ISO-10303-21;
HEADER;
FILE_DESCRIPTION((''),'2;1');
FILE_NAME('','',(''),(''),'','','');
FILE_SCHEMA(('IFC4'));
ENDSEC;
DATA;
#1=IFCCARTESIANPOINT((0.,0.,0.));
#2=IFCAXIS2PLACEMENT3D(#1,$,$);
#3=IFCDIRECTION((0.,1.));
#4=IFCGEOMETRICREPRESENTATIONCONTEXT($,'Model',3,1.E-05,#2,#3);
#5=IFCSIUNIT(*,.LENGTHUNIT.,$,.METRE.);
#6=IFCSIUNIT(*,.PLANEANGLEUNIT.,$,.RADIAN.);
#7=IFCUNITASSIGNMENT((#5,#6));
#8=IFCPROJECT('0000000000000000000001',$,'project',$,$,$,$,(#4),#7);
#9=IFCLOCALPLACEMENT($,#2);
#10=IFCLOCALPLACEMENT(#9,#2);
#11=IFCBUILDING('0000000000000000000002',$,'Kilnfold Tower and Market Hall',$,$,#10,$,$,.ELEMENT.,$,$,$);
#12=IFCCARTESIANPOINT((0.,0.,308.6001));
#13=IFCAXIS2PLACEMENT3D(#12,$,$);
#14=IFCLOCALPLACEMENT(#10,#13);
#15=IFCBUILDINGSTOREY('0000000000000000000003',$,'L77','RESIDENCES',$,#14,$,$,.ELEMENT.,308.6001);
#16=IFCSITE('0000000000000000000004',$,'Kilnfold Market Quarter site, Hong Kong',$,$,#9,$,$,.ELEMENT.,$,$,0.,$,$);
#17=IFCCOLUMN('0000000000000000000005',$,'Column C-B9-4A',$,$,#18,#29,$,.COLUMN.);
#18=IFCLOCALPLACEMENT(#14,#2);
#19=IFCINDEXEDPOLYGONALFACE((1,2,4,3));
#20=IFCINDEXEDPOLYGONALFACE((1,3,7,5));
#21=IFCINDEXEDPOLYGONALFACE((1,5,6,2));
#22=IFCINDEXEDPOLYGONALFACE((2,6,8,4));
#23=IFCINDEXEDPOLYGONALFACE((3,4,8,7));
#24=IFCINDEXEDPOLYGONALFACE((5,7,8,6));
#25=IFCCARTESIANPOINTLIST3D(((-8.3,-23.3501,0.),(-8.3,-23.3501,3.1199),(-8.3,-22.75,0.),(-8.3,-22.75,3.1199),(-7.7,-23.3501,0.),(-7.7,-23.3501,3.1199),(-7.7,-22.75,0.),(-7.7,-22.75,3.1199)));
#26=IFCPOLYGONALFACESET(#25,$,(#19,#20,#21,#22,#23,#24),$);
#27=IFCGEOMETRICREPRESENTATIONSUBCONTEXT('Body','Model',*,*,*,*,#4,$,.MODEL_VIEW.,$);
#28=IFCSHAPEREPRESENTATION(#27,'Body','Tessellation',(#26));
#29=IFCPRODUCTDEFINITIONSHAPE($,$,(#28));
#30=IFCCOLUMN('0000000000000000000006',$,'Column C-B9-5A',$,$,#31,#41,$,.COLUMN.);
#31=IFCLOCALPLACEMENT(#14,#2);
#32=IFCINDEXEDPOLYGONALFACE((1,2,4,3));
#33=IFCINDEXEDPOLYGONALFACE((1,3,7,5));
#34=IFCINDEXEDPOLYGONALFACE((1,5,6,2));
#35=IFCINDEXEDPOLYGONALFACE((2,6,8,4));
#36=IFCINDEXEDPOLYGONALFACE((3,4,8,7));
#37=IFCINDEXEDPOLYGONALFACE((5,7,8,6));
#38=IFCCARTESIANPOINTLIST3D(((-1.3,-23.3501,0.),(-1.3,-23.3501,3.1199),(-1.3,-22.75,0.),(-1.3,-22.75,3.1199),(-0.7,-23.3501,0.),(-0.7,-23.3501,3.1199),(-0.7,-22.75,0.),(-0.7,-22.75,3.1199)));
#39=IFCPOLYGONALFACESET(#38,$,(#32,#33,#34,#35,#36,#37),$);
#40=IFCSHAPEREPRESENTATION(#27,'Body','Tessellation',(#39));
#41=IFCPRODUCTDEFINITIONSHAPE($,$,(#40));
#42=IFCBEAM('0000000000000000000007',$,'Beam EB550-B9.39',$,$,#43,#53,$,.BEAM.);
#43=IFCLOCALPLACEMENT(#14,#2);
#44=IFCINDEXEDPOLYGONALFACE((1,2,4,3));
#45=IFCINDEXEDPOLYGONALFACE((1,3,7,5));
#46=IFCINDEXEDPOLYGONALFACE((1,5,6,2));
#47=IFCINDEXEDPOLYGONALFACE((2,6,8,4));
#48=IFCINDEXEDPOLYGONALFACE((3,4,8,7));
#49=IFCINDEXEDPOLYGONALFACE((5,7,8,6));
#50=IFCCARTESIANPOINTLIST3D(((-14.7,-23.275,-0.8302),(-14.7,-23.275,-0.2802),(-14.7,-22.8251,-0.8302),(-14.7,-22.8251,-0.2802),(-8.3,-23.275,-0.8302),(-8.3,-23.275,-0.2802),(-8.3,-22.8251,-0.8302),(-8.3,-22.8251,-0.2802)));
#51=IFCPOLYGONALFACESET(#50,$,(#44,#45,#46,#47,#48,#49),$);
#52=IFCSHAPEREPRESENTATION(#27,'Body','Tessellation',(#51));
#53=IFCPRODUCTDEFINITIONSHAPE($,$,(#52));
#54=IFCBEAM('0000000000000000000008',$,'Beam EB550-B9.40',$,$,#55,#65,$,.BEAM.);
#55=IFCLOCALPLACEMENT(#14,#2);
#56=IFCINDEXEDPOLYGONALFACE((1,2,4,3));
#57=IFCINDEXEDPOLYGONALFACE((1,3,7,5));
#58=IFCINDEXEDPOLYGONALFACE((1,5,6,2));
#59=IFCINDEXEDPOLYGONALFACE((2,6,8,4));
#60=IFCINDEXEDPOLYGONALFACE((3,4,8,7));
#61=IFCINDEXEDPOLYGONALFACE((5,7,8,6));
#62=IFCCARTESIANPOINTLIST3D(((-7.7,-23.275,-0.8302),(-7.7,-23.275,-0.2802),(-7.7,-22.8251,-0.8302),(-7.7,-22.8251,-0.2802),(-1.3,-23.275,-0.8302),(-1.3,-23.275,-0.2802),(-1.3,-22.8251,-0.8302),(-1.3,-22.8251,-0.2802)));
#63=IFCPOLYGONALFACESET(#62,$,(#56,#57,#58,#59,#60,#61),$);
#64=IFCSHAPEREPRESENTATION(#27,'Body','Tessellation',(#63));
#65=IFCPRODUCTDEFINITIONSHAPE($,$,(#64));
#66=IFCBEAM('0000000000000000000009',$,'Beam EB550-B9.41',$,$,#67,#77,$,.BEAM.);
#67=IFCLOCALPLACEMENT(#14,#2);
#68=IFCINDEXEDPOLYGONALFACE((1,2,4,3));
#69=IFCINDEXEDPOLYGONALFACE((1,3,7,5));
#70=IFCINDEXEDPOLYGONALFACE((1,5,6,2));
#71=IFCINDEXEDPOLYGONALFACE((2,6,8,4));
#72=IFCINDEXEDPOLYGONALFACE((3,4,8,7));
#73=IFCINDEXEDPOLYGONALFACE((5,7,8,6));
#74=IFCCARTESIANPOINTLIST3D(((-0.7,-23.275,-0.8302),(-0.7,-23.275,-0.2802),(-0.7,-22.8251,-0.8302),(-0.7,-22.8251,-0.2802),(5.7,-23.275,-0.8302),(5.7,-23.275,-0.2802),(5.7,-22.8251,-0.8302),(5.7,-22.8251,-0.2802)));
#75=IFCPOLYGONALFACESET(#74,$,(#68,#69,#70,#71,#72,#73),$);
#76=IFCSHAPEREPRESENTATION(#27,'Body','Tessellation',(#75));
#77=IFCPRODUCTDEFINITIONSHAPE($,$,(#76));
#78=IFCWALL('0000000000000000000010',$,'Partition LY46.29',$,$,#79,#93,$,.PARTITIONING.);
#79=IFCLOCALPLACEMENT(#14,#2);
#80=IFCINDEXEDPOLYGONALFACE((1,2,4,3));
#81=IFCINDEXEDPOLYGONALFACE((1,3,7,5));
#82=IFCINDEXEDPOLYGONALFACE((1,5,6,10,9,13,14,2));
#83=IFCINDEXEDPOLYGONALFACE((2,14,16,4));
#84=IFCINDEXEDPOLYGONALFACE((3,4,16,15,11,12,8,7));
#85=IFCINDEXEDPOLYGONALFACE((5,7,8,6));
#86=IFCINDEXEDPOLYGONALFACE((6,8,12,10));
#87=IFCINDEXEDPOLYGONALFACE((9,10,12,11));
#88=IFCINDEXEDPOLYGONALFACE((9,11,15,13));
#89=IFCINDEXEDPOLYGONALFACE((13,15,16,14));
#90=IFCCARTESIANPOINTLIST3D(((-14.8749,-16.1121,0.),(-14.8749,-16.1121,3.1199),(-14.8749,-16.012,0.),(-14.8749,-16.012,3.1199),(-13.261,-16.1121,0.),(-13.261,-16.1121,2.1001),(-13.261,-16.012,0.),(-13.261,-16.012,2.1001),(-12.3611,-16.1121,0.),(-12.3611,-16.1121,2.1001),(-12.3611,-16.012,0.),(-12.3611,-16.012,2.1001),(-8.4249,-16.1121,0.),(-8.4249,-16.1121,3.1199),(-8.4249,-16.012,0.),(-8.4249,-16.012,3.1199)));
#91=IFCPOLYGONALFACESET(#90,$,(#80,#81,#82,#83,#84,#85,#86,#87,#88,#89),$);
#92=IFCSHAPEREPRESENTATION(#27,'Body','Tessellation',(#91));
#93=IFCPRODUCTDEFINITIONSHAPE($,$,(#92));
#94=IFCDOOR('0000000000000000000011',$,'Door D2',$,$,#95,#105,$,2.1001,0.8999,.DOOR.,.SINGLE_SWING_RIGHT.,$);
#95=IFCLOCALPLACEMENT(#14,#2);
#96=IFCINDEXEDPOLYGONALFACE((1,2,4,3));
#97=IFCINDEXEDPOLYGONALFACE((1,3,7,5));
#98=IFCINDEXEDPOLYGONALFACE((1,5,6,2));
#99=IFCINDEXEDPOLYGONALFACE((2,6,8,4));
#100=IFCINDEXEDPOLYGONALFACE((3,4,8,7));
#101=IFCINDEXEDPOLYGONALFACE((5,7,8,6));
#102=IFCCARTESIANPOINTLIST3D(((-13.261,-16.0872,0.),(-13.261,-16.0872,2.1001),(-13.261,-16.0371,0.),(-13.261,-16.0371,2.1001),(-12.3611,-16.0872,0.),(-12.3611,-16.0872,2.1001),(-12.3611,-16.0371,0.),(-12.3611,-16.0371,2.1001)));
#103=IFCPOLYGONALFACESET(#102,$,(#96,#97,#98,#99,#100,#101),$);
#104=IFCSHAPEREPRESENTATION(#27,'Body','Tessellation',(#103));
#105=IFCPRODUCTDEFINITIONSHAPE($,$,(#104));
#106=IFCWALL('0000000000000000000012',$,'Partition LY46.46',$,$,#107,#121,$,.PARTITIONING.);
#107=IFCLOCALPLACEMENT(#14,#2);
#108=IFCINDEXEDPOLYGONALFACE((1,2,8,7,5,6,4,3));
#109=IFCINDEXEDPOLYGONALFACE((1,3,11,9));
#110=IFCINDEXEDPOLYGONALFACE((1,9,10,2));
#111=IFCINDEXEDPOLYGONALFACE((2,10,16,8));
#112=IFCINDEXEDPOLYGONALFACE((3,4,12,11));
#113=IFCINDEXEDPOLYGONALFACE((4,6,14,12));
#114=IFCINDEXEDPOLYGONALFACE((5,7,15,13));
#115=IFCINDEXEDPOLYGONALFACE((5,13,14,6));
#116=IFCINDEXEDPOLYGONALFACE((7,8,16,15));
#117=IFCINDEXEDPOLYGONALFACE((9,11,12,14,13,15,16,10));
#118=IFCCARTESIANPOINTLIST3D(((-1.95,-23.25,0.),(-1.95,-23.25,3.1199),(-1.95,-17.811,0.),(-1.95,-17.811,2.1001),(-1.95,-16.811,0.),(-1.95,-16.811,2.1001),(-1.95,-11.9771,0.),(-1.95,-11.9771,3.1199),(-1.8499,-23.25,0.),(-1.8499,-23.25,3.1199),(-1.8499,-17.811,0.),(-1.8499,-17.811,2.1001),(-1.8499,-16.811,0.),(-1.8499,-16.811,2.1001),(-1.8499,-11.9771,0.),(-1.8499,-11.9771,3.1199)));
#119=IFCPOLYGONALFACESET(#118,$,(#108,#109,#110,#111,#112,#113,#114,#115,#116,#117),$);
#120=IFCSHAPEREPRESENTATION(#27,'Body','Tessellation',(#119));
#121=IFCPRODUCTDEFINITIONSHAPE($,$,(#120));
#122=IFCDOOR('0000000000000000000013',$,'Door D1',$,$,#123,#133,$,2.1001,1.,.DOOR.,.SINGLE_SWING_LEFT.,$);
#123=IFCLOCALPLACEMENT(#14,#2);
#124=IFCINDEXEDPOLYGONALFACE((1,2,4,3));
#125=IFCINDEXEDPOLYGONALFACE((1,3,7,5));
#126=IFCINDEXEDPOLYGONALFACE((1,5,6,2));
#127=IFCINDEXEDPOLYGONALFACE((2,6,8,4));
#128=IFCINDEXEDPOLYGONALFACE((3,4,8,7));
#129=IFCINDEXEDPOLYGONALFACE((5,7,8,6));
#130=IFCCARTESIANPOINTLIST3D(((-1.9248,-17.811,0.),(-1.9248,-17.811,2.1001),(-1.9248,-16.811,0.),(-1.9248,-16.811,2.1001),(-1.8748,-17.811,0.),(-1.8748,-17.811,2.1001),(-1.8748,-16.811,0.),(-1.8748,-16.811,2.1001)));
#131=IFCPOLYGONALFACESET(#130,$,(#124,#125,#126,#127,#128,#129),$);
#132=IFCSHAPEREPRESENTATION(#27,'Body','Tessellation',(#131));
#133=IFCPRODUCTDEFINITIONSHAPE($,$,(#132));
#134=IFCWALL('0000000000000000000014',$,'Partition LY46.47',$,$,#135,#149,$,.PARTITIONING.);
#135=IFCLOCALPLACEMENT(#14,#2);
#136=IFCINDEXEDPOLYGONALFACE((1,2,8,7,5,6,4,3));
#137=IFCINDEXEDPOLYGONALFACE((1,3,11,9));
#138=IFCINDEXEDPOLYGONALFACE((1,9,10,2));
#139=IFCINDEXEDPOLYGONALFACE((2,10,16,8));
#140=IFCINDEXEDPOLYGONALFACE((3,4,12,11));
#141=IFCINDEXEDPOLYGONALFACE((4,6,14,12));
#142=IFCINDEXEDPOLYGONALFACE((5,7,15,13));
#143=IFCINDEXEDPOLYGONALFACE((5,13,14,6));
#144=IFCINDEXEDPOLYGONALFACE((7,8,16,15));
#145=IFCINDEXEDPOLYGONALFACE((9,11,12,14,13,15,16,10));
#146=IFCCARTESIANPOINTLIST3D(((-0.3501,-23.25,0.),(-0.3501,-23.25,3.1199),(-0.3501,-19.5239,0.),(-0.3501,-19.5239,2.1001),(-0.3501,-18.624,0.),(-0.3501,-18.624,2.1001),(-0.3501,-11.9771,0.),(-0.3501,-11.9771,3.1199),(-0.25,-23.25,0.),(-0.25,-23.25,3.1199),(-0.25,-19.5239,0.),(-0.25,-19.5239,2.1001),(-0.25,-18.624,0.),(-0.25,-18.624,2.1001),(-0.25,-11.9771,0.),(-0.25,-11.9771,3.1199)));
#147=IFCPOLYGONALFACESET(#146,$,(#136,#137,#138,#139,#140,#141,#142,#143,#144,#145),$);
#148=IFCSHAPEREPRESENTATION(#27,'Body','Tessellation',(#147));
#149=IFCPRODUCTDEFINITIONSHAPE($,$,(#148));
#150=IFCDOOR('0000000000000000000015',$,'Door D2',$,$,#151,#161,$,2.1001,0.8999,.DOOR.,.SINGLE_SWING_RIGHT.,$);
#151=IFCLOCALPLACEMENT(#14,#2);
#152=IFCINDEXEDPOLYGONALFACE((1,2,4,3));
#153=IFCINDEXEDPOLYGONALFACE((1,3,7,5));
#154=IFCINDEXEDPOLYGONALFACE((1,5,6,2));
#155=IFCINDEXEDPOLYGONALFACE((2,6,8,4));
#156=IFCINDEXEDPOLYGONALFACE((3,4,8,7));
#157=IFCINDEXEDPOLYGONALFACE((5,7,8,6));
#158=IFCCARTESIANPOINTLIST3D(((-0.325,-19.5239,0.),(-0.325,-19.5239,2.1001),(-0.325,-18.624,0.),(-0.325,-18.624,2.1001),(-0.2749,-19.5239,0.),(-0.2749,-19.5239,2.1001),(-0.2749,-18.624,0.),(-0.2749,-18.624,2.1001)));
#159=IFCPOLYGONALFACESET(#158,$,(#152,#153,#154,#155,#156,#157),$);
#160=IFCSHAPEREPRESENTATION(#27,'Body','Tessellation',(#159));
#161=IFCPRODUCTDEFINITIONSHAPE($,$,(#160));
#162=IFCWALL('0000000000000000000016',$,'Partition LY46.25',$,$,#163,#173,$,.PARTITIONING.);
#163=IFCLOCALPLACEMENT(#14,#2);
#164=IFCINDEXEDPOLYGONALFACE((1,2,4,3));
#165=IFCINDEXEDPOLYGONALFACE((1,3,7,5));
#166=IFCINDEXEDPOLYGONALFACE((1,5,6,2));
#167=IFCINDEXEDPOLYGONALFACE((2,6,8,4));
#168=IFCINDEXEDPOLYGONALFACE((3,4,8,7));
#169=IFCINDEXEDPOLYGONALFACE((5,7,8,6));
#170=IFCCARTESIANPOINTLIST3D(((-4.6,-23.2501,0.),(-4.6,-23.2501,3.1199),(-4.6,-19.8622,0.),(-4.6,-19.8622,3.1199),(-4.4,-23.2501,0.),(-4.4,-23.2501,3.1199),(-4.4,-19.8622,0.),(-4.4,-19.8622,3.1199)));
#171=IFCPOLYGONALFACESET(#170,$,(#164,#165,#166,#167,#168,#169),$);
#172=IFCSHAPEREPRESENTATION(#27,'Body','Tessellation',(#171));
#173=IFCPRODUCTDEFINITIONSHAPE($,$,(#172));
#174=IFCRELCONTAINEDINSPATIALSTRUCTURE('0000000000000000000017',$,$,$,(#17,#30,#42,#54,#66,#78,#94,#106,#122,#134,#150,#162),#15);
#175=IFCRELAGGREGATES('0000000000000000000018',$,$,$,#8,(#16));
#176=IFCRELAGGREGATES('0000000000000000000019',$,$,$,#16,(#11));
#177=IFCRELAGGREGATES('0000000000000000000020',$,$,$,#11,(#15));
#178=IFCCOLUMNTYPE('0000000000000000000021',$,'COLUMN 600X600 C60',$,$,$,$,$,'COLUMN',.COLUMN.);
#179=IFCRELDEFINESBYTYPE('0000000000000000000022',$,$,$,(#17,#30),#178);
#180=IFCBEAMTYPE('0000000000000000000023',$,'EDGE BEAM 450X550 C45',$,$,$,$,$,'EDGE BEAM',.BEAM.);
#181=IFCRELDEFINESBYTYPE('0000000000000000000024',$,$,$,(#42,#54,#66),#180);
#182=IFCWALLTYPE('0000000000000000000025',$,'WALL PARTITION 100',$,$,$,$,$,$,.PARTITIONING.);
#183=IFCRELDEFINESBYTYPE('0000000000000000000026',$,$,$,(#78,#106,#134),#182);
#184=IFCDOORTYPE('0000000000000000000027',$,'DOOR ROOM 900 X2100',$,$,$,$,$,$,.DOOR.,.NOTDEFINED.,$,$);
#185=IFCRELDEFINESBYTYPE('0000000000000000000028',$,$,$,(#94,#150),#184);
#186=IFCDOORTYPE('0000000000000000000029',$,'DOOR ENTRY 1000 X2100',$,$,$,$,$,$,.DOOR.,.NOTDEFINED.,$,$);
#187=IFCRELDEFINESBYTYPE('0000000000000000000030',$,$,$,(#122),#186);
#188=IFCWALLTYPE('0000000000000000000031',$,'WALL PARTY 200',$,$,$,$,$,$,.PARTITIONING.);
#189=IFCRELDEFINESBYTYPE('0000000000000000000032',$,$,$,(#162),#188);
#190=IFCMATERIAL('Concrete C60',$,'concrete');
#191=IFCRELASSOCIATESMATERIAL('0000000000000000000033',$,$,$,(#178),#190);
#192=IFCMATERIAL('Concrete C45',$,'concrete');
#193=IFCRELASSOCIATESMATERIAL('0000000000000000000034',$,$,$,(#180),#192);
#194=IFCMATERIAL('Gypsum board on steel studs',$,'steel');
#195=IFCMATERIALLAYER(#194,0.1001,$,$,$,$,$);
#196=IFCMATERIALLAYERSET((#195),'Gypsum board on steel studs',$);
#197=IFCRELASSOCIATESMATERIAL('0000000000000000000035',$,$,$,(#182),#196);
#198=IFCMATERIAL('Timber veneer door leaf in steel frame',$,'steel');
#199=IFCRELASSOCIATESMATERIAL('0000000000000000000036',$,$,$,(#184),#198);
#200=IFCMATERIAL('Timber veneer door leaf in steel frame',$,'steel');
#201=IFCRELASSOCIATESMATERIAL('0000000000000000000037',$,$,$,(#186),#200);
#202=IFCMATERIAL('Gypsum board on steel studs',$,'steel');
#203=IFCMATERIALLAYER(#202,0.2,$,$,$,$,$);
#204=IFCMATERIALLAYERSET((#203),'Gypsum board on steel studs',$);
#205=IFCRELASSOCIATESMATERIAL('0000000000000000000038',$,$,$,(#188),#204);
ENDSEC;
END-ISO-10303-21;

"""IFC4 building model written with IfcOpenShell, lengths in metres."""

from ifc_helpers import new_model, si_unit, direction, frame, frame_2d, origin, origin_2d, place, context, subcontext, project, spatial, rectangle, extrude, source, transform, mapped, material, layer, layer_set, material_profile, profile_set, type_object, element, fill, save


model = new_model("IFC4")

# Units and contexts
model_context = context("Model", 3, precision=1e-05, world=origin(), true_north=direction((0.0, 1.0)))
body_context = subcontext(model_context, "Body", "Model", "MODEL_VIEW")
ifc_project = project(units=[si_unit("LENGTHUNIT", "METRE"), si_unit("PLANEANGLEUNIT", "RADIAN")], contexts=[model_context])

# Site, building, storey
site_placement = place(None, origin())
site = spatial("IfcSite", under=ifc_project, at=site_placement, Name="Kilnfold Market Quarter site, Hong Kong", CompositionType="ELEMENT", RefElevation=0.0)
building_placement = place(site_placement, origin())
building = spatial("IfcBuilding", under=site, at=building_placement, Name="Kilnfold Tower and Market Hall", CompositionType="ELEMENT")
storey_placement = place(building_placement, frame((0.0, 0.0, 308.6001)))
storey = spatial("IfcBuildingStorey", under=building, at=storey_placement, Name="L77", Description="RESIDENCES", CompositionType="ELEMENT", Elevation=308.6001)

# Columns
ifc_material_1 = material(Name="Concrete C60", Category="concrete")
ifc_material_profile_1 = material_profile(ifc_material_1, rectangle(XDim=0.6001, YDim=0.6001, at=origin_2d()), Name="RC 600x600")
ifc_profile_set_1 = profile_set([ifc_material_profile_1], Name="Concrete C60")
column_type = type_object("IfcColumnType", Name="COLUMN 600X600 C60", ElementType="COLUMN", PredefinedType="COLUMN", material=ifc_profile_set_1)
shared_shape_1 = source(origin(), body_context, "Body", "SweptSolid", [
    extrude(rectangle(XDim=0.6001, YDim=0.6001, at=origin_2d()), origin(), (0.0, 0.0, 1.0), 3.1199),
])
for number, where, z_axis, x_axis, name in (
    (1, (-8.0, -23.05, 0.0), (0.0, 0.0, 1.0), (1.0, 0.0, 0.0), "Column C-B9-4A"),
    (2, (-1.0, -23.05, 0.0), (0.0, 0.0, 1.0), (1.0, 0.0, 0.0), "Column C-B9-5A"),
):
    element("IfcColumn", number, at=place(storey_placement, frame(where, z_axis=z_axis, x_axis=x_axis)), inside=storey, type_object=column_type, Name=name, PredefinedType="COLUMN", context=body_context, shape_type="MappedRepresentation", body=[
        mapped(shared_shape_1, transform((0.0, 0.0, 0.0))),
    ])

# Beams
ifc_material_2 = material(Name="Concrete C45", Category="concrete")
ifc_material_profile_2 = material_profile(ifc_material_2, rectangle(XDim=0.45, YDim=0.55, at=origin_2d()), Name="RC 450x550")
ifc_profile_set_2 = profile_set([ifc_material_profile_2], Name="Concrete C45")
beam_type = type_object("IfcBeamType", Name="EDGE BEAM 450X550 C45", ElementType="EDGE BEAM", PredefinedType="BEAM", material=ifc_profile_set_2)
shared_shape_2 = source(origin(), body_context, "Body", "SweptSolid", [
    extrude(rectangle(XDim=0.45, YDim=0.55, at=origin_2d()), origin(), (0.0, 0.0, 1.0), 6.3999),
])
for number, where, z_axis, x_axis, name in (
    (3, (-14.7, -23.05, -0.5552), (1.0, 0.0, 0.0), (0.0, 1.0, 0.0), "Beam EB550-B9.39"),
    (4, (-7.7, -23.05, -0.5552), (1.0, 0.0, 0.0), (0.0, 1.0, 0.0), "Beam EB550-B9.40"),
    (5, (-0.7, -23.05, -0.5552), (1.0, 0.0, 0.0), (0.0, 1.0, 0.0), "Beam EB550-B9.41"),
):
    element("IfcBeam", number, at=place(storey_placement, frame(where, z_axis=z_axis, x_axis=x_axis)), inside=storey, type_object=beam_type, Name=name, PredefinedType="BEAM", context=body_context, shape_type="MappedRepresentation", body=[
        mapped(shared_shape_2, transform((0.0, 0.0, 0.0))),
    ])

# Walls, openings, doors
ifc_material_3 = material(Name="Gypsum board on steel studs", Category="steel")
ifc_layer_1 = layer(ifc_material_3, 0.1001)
ifc_layer_set_1 = layer_set([ifc_layer_1], Name="Gypsum board on steel studs")
wall_type_1 = type_object("IfcWallType", Name="WALL PARTITION 100", PredefinedType="PARTITIONING", material=ifc_layer_set_1)
wall_1_placement = place(storey_placement, frame((-14.875, -16.062, 0.0), z_axis=(0.0, 0.0, 1.0), x_axis=(1.0, 0.0, 0.0)))
wall_1 = element("IfcWall", 6, at=wall_1_placement, inside=storey, type_object=wall_type_1, Name="Partition LY46.29", PredefinedType="PARTITIONING", context=body_context, shape_type="SweptSolid", body=[
    extrude(rectangle(XDim=6.45, YDim=0.1001, at=frame_2d((3.2251, 0.0))), origin(), (0.0, 0.0, 1.0), 3.1199),
])
opening_1_placement = place(wall_1_placement, frame((1.614, 0.0, 0.0)))
opening_1 = element("IfcOpeningElement", 7, at=opening_1_placement, cuts=wall_1, PredefinedType="OPENING", context=body_context, shape_type="SweptSolid", body=[
    extrude(rectangle(XDim=0.8999, YDim=2.1001, at=frame_2d((0.45, 1.05))), frame((0.0, 0.0601, 0.0), z_axis=(0.0, -1.0, 0.0), x_axis=(1.0, 0.0, 0.0)), (0.0, 0.0, 1.0), 0.1201),
])
ifc_material_4 = material(Name="Timber veneer door leaf in steel frame", Category="steel")
door_type_1 = type_object("IfcDoorType", Name="DOOR ROOM 900 X2100", OperationType="NOTDEFINED", PredefinedType="DOOR", material=ifc_material_4)
door_1_placement = place(opening_1_placement, origin())
door_1 = element("IfcDoor", 8, at=door_1_placement, inside=storey, type_object=door_type_1, Name="Door D2", OperationType="SINGLE_SWING_RIGHT", OverallHeight=2.1001, OverallWidth=0.8999, PredefinedType="DOOR", context=body_context, shape_type="SweptSolid", body=[
    extrude(rectangle(XDim=0.8999, YDim=2.1001, at=frame_2d((0.45, 1.05))), frame((0.0, 0.0249, 0.0), z_axis=(0.0, -1.0, 0.0), x_axis=(1.0, 0.0, 0.0)), (0.0, 0.0, 1.0), 0.05),
])
fill(opening_1, door_1)
wall_2_placement = place(storey_placement, frame((-1.8999, -23.25, 0.0), z_axis=(0.0, 0.0, 1.0), x_axis=(0.0, 1.0, 0.0)))
wall_2 = element("IfcWall", 9, at=wall_2_placement, inside=storey, type_object=wall_type_1, Name="Partition LY46.46", PredefinedType="PARTITIONING", context=body_context, shape_type="SweptSolid", body=[
    extrude(rectangle(XDim=11.2729, YDim=0.1001, at=frame_2d((5.6365, 0.0))), origin(), (0.0, 0.0, 1.0), 3.1199),
])
opening_2_placement = place(wall_2_placement, frame((5.439, 0.0, 0.0)))
opening_2 = element("IfcOpeningElement", 10, at=opening_2_placement, cuts=wall_2, PredefinedType="OPENING", context=body_context, shape_type="SweptSolid", body=[
    extrude(rectangle(XDim=1.0, YDim=2.1001, at=frame_2d((0.5, 1.05))), frame((0.0, 0.0601, 0.0), z_axis=(0.0, -1.0, 0.0), x_axis=(1.0, 0.0, 0.0)), (0.0, 0.0, 1.0), 0.1201),
])
ifc_material_5 = material(Name="Timber veneer door leaf in steel frame", Category="steel")
door_type_2 = type_object("IfcDoorType", Name="DOOR ENTRY 1000 X2100", OperationType="NOTDEFINED", PredefinedType="DOOR", material=ifc_material_5)
door_2_placement = place(opening_2_placement, origin())
door_2 = element("IfcDoor", 11, at=door_2_placement, inside=storey, type_object=door_type_2, Name="Door D1", OperationType="SINGLE_SWING_LEFT", OverallHeight=2.1001, OverallWidth=1.0, PredefinedType="DOOR", context=body_context, shape_type="SweptSolid", body=[
    extrude(rectangle(XDim=1.0, YDim=2.1001, at=frame_2d((0.5, 1.05))), frame((0.0, 0.0249, 0.0), z_axis=(0.0, -1.0, 0.0), x_axis=(1.0, 0.0, 0.0)), (0.0, 0.0, 1.0), 0.05),
])
fill(opening_2, door_2)
wall_3_placement = place(storey_placement, frame((-0.3, -23.25, 0.0), z_axis=(0.0, 0.0, 1.0), x_axis=(0.0, 1.0, 0.0)))
wall_3 = element("IfcWall", 12, at=wall_3_placement, inside=storey, type_object=wall_type_1, Name="Partition LY46.47", PredefinedType="PARTITIONING", context=body_context, shape_type="SweptSolid", body=[
    extrude(rectangle(XDim=11.2729, YDim=0.1001, at=frame_2d((5.6365, 0.0))), origin(), (0.0, 0.0, 1.0), 3.1199),
])
opening_3_placement = place(wall_3_placement, frame((3.7261, 0.0, 0.0)))
opening_3 = element("IfcOpeningElement", 13, at=opening_3_placement, cuts=wall_3, PredefinedType="OPENING", context=body_context, shape_type="SweptSolid", body=[
    extrude(rectangle(XDim=0.8999, YDim=2.1001, at=frame_2d((0.45, 1.05))), frame((0.0, 0.0601, 0.0), z_axis=(0.0, -1.0, 0.0), x_axis=(1.0, 0.0, 0.0)), (0.0, 0.0, 1.0), 0.1201),
])
door_3_placement = place(opening_3_placement, origin())
door_3 = element("IfcDoor", 14, at=door_3_placement, inside=storey, type_object=door_type_1, Name="Door D2", OperationType="SINGLE_SWING_RIGHT", OverallHeight=2.1001, OverallWidth=0.8999, PredefinedType="DOOR", context=body_context, shape_type="SweptSolid", body=[
    extrude(rectangle(XDim=0.8999, YDim=2.1001, at=frame_2d((0.45, 1.05))), frame((0.0, 0.0249, 0.0), z_axis=(0.0, -1.0, 0.0), x_axis=(1.0, 0.0, 0.0)), (0.0, 0.0, 1.0), 0.05),
])
fill(opening_3, door_3)

# Wall
ifc_material_6 = material(Name="Gypsum board on steel studs", Category="steel")
ifc_layer_2 = layer(ifc_material_6, 0.2)
ifc_layer_set_2 = layer_set([ifc_layer_2], Name="Gypsum board on steel studs")
wall_type_2 = type_object("IfcWallType", Name="WALL PARTY 200", PredefinedType="PARTITIONING", material=ifc_layer_set_2)
wall_4_placement = place(storey_placement, frame((-4.5, -23.25, 0.0), z_axis=(0.0, 0.0, 1.0), x_axis=(0.0, 1.0, 0.0)))
element("IfcWall", 15, at=wall_4_placement, inside=storey, type_object=wall_type_2, Name="Partition LY46.25", PredefinedType="PARTITIONING", context=body_context, shape_type="SweptSolid", body=[
    extrude(rectangle(XDim=3.3879, YDim=0.2, at=frame_2d((1.6938, 0.0))), origin(), (0.0, 0.0, 1.0), 3.1199),
])

save(model, "model.ifc")
